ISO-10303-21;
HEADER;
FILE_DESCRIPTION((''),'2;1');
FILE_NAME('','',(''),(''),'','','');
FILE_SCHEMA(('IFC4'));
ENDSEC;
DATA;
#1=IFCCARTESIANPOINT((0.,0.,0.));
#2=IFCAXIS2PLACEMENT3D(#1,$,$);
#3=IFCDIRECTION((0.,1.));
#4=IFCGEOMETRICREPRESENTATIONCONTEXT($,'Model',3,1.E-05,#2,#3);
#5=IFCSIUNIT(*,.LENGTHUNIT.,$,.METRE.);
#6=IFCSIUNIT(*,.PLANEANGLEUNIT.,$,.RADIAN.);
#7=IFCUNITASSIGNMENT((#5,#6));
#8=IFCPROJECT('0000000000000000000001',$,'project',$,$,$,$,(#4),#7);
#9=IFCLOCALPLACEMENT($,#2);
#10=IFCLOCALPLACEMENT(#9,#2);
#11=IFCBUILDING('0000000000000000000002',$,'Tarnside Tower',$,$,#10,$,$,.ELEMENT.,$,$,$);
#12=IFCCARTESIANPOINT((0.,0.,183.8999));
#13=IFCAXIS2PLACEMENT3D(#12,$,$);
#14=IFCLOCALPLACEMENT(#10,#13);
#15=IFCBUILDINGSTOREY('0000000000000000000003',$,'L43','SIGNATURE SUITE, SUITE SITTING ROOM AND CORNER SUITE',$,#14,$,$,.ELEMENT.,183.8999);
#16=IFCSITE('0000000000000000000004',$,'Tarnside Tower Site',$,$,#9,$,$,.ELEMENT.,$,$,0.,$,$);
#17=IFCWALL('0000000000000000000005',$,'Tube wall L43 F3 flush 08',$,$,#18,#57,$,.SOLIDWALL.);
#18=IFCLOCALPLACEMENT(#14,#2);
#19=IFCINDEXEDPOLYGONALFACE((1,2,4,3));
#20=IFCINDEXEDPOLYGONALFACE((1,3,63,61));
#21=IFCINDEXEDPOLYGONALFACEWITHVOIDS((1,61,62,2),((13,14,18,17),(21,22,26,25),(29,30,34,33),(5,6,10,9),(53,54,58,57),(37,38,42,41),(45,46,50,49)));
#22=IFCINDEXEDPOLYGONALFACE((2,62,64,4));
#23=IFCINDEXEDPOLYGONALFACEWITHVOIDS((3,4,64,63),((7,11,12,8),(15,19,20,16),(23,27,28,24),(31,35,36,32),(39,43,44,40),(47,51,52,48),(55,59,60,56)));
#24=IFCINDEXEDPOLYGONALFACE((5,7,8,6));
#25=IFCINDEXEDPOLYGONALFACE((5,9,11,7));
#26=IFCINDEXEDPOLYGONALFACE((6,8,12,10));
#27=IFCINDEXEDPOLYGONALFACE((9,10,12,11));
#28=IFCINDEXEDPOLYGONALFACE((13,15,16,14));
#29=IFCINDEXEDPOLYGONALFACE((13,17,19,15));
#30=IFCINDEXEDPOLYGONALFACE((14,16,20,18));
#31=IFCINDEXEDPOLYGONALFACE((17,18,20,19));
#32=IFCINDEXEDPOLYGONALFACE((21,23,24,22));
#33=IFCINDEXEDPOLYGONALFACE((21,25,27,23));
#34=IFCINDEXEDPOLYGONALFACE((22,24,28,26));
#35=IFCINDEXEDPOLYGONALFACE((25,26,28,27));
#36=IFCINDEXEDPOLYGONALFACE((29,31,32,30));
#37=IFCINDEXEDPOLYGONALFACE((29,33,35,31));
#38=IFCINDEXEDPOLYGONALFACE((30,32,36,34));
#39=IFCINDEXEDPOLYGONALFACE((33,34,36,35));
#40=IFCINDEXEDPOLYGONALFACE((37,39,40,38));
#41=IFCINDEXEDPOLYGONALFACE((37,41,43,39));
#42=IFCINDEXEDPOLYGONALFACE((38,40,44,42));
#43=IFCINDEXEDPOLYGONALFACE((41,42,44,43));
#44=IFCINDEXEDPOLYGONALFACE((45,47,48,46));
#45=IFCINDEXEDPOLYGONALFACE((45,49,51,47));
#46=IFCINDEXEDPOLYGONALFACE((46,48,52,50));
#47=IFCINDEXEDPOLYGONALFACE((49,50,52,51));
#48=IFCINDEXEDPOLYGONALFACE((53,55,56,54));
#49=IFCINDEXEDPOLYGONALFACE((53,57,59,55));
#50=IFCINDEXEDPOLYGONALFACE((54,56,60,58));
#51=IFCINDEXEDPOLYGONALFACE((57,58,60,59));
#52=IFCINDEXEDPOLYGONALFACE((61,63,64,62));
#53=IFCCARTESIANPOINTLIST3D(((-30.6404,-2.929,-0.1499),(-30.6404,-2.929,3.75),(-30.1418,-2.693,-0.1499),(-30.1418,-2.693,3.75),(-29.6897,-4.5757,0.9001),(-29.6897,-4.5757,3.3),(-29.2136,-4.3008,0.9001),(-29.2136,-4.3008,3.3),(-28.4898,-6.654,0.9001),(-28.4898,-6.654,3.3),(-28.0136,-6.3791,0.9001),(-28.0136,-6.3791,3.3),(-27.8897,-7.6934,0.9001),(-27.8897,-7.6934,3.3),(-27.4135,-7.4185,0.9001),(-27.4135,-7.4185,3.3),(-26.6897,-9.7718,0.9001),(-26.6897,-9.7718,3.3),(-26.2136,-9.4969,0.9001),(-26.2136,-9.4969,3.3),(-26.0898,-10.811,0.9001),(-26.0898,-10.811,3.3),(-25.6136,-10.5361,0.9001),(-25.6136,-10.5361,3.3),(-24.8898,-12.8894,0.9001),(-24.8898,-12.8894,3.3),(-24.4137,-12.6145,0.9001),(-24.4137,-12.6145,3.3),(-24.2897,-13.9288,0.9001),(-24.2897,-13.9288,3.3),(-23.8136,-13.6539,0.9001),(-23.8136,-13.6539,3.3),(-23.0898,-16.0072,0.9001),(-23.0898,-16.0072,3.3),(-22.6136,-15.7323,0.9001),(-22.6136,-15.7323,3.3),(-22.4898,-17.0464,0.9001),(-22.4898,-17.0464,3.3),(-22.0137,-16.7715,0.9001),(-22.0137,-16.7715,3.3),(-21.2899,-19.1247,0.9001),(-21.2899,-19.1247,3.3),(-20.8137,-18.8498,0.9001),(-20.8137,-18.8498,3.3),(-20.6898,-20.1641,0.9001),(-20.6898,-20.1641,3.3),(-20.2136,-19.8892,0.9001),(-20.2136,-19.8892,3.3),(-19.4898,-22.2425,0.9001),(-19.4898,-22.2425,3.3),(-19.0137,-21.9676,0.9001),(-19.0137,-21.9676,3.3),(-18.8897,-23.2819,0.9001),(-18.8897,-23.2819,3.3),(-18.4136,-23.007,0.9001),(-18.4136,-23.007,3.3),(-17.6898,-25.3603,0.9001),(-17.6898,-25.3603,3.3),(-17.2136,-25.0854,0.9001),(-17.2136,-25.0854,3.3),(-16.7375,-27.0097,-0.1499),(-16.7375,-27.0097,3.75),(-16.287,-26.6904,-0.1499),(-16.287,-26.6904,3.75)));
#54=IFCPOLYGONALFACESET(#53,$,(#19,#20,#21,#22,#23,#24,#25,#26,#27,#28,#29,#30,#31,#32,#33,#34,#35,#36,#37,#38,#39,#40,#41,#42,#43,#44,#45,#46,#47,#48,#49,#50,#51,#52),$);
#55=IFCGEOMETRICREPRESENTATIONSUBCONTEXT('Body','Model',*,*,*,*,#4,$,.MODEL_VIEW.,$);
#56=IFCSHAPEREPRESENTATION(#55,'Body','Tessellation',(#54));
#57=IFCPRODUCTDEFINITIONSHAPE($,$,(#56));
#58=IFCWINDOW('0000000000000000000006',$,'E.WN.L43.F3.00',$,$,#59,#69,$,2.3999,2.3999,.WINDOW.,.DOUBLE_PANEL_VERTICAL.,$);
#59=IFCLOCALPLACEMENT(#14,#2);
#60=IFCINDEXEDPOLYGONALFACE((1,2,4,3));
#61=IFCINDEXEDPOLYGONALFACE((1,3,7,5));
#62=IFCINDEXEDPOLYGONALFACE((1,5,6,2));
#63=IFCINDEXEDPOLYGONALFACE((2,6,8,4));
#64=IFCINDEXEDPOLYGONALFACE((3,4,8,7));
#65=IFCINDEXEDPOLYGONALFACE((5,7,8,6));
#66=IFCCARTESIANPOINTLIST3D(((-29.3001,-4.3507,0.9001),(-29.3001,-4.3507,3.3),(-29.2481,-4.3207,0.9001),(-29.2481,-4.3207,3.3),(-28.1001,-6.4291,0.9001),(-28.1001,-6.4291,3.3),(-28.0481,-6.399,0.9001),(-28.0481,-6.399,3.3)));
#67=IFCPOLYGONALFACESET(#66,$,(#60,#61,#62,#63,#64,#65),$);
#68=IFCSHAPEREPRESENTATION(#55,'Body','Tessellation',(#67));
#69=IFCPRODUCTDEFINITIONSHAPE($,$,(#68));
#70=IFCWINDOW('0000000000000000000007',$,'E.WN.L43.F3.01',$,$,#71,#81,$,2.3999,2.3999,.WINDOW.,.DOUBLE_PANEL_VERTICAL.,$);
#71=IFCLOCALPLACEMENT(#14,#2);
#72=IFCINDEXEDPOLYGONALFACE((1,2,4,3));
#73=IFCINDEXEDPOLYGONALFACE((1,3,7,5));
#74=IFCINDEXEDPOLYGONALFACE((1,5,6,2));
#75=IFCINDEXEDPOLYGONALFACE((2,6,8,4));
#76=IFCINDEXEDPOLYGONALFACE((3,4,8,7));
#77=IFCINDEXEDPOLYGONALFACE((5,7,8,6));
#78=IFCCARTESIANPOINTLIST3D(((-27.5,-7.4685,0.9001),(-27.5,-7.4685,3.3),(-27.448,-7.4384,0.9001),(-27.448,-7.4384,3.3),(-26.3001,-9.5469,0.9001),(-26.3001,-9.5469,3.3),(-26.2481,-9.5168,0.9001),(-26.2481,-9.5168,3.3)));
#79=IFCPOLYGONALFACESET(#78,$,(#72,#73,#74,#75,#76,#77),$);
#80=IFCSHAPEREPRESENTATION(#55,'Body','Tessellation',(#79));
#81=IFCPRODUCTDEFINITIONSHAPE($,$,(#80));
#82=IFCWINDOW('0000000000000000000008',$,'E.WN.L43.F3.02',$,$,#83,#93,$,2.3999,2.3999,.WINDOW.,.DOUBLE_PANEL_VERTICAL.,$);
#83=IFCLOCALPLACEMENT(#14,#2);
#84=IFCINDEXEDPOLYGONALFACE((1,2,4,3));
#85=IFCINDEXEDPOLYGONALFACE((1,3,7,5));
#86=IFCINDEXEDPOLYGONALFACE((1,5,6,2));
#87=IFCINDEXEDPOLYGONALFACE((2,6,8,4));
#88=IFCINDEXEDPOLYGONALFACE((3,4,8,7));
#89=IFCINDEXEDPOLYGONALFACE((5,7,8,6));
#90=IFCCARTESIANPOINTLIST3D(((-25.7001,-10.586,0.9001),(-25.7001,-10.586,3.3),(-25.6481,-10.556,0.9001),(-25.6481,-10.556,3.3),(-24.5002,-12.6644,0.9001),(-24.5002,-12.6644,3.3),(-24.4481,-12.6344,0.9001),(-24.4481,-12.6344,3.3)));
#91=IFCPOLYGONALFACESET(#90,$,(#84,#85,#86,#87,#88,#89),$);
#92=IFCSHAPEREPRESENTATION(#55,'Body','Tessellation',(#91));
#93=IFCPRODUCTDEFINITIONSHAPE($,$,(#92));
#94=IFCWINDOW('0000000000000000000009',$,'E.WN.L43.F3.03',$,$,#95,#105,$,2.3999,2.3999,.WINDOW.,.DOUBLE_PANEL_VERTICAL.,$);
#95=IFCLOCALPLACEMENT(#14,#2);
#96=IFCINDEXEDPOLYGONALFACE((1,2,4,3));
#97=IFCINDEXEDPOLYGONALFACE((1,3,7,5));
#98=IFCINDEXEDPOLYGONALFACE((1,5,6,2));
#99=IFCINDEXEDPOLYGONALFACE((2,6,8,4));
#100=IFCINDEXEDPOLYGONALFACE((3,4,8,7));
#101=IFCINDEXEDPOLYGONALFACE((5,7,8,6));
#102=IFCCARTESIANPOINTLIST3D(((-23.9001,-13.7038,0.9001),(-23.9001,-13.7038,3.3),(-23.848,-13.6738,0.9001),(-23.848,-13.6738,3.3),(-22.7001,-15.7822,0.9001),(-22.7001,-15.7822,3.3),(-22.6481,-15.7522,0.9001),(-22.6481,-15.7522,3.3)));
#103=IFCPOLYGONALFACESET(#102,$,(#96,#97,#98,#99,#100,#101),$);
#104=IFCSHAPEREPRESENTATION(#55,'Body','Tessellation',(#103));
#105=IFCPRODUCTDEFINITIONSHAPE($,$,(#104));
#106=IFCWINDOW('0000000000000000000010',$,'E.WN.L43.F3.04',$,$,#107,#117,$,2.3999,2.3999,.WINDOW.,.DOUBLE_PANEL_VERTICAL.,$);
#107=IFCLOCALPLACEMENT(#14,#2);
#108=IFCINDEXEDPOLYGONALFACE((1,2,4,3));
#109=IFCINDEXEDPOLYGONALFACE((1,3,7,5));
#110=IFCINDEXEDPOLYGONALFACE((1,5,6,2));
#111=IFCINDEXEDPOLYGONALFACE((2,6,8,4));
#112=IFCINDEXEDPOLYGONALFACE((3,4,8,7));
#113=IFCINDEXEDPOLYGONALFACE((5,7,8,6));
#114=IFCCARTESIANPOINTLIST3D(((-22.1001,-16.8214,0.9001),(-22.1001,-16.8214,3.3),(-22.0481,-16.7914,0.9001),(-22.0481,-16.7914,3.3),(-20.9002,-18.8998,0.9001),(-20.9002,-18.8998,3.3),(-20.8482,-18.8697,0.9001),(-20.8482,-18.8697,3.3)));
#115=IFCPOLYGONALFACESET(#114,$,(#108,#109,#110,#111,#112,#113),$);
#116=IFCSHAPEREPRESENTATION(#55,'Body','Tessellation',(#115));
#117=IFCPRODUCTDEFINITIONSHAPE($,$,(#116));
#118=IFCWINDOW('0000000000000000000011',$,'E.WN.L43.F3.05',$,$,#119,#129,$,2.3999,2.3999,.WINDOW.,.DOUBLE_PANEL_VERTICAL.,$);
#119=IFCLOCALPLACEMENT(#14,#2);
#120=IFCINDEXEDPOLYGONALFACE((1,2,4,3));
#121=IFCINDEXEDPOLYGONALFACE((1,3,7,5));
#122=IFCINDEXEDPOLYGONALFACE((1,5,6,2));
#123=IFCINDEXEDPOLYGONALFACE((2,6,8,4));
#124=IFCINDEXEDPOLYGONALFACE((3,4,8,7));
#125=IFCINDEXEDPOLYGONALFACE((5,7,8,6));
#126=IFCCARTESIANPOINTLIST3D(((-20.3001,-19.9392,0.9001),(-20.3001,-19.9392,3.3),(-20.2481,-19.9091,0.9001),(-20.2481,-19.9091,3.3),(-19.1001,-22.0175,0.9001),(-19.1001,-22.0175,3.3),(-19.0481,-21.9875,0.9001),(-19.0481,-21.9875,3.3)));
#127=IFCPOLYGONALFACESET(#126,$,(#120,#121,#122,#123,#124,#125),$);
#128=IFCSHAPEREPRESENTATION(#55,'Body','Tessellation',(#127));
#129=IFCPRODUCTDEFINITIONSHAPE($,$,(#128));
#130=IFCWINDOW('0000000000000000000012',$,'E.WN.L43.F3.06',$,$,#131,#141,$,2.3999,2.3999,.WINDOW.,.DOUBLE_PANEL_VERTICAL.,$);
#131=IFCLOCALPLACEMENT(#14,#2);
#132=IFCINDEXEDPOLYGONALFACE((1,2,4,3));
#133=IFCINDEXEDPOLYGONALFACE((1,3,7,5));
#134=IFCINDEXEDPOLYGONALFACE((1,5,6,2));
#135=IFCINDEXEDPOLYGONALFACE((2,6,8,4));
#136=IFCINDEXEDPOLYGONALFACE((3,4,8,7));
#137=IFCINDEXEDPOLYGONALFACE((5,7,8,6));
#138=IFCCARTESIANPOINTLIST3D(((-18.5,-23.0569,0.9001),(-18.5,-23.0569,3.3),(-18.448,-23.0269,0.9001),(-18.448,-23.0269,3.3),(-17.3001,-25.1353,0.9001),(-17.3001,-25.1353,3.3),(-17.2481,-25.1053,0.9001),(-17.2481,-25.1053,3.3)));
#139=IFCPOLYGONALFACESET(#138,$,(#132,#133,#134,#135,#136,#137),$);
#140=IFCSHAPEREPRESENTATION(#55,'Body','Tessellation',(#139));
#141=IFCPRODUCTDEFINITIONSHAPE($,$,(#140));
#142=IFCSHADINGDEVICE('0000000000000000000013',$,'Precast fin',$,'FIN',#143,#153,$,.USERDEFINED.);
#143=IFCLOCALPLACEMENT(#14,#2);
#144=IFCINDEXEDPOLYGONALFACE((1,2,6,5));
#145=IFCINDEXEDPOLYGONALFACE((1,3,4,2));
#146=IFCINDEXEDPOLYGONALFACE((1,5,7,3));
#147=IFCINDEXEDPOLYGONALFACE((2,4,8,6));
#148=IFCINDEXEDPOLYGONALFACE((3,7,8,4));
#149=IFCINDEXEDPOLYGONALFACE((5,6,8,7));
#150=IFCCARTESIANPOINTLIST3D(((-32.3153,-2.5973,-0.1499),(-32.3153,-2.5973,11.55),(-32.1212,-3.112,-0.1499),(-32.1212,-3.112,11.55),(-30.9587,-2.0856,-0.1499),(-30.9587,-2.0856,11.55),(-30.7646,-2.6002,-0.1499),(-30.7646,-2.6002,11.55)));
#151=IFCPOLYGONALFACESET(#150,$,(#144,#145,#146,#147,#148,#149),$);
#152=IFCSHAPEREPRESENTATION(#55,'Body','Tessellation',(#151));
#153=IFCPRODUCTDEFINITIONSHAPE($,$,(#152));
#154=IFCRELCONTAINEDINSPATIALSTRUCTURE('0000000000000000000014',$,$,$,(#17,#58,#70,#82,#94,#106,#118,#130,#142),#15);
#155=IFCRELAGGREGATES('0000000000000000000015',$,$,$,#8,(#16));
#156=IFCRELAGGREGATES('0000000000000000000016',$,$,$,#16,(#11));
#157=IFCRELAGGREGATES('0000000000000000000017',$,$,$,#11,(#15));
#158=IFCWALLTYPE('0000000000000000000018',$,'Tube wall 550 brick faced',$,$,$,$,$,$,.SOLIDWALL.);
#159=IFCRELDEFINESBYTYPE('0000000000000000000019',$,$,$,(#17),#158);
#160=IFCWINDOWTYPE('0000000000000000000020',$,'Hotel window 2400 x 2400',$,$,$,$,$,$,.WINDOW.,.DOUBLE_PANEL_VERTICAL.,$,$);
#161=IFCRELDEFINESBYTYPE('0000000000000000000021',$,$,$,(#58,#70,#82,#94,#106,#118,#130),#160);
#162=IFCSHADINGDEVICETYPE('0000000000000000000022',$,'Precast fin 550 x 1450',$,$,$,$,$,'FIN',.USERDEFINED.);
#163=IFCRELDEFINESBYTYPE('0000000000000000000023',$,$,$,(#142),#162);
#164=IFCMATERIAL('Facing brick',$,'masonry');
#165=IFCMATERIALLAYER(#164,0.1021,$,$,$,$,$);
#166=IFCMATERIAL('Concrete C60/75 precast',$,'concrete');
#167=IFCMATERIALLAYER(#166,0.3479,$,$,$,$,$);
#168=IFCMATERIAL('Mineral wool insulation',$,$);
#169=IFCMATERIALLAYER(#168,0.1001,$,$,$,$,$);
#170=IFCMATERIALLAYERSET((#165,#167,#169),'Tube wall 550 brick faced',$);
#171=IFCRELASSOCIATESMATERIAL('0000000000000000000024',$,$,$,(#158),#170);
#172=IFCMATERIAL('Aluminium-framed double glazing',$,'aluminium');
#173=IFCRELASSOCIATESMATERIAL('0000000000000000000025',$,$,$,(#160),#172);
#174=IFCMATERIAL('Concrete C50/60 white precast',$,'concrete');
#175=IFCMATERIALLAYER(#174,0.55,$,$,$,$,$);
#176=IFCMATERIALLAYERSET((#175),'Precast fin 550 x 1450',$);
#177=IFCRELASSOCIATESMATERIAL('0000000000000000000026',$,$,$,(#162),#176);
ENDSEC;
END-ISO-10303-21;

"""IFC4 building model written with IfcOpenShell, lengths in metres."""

from ifc_helpers import new_model, si_unit, direction, frame, frame_2d, origin, place, context, subcontext, project, spatial, polyline, rectangle, outline, extrude, material, layer, layer_set, type_object, element, fill, save


model = new_model("IFC4")

# Units and contexts
model_context = context("Model", 3, precision=1e-05, world=origin(), true_north=direction((0.0, 1.0)))
body_context = subcontext(model_context, "Body", "Model", "MODEL_VIEW")
ifc_project = project(units=[si_unit("LENGTHUNIT", "METRE"), si_unit("PLANEANGLEUNIT", "RADIAN")], contexts=[model_context])

# Site, building, storey
site_placement = place(None, origin())
site = spatial("IfcSite", under=ifc_project, at=site_placement, Name="Tarnside Tower Site", CompositionType="ELEMENT", RefElevation=0.0)
building_placement = place(site_placement, origin())
building = spatial("IfcBuilding", under=site, at=building_placement, Name="Tarnside Tower", CompositionType="ELEMENT")
storey_placement = place(building_placement, frame((0.0, 0.0, 183.8999)))
storey = spatial("IfcBuildingStorey", under=building, at=storey_placement, Name="L43", Description="SIGNATURE SUITE, SUITE SITTING ROOM AND CORNER SUITE", CompositionType="ELEMENT", Elevation=183.8999)

# Shared definitions
ifc_material_1 = material(Name="Facing brick", Category="masonry")
ifc_layer_1 = layer(ifc_material_1, 0.1021)
ifc_material_2 = material(Name="Concrete C60/75 precast", Category="concrete")
ifc_layer_2 = layer(ifc_material_2, 0.3479)
ifc_material_3 = material(Name="Mineral wool insulation")
ifc_layer_3 = layer(ifc_material_3, 0.1001)
ifc_layer_set_1 = layer_set([ifc_layer_1, ifc_layer_2, ifc_layer_3], Name="Tube wall 550 brick faced")
wall_type = type_object("IfcWallType", Name="Tube wall 550 brick faced", PredefinedType="SOLIDWALL", material=ifc_layer_set_1)

# Wall, openings, windows
wall_1_placement = place(storey_placement, frame((-30.3911, -2.811, -0.1499), z_axis=(0.0, 0.0, 1.0), x_axis=(0.499999, -0.866026, 0.0)))
wall_1 = element("IfcWall", 1, at=wall_1_placement, inside=storey, type_object=wall_type, Name="Tube wall L43 F3 flush 08", PredefinedType="SOLIDWALL", context=body_context, shape_type="SweptSolid", body=[
    extrude(outline(polyline([(-0.0225, -0.2749), (27.7834, -0.2749), (27.7322, 0.2749), (0.0225, 0.2749), (-0.0225, -0.2749)])), origin(), (0.0, 0.0, 1.0), 3.8999),
])
opening_1_placement = place(wall_1_placement, frame((1.8789, 0.0, 1.05)))
opening_1 = element("IfcOpeningElement", 2, at=opening_1_placement, cuts=wall_1, PredefinedType="OPENING", context=body_context, shape_type="SweptSolid", body=[
    extrude(rectangle(XDim=2.3999, YDim=2.3999, at=frame_2d((1.2, 1.2))), frame((0.0, 0.2852, 0.0), z_axis=(0.0, -1.0, 0.0), x_axis=(1.0, 0.0, 0.0)), (0.0, 0.0, 1.0), 0.5701),
])
opening_2_placement = place(wall_1_placement, frame((5.479, 0.0, 1.05)))
opening_2 = element("IfcOpeningElement", 3, at=opening_2_placement, cuts=wall_1, PredefinedType="OPENING", context=body_context, shape_type="SweptSolid", body=[
    extrude(rectangle(XDim=2.3999, YDim=2.3999, at=frame_2d((1.2, 1.2))), frame((0.0, 0.2852, 0.0), z_axis=(0.0, -1.0, 0.0), x_axis=(1.0, 0.0, 0.0)), (0.0, 0.0, 1.0), 0.5701),
])
opening_3_placement = place(wall_1_placement, frame((9.0789, 0.0, 1.05)))
opening_3 = element("IfcOpeningElement", 4, at=opening_3_placement, cuts=wall_1, PredefinedType="OPENING", context=body_context, shape_type="SweptSolid", body=[
    extrude(rectangle(XDim=2.3999, YDim=2.3999, at=frame_2d((1.2, 1.2))), frame((0.0, 0.2852, 0.0), z_axis=(0.0, -1.0, 0.0), x_axis=(1.0, 0.0, 0.0)), (0.0, 0.0, 1.0), 0.5701),
])
opening_4_placement = place(wall_1_placement, frame((12.679, 0.0, 1.05)))
opening_4 = element("IfcOpeningElement", 5, at=opening_4_placement, cuts=wall_1, PredefinedType="OPENING", context=body_context, shape_type="SweptSolid", body=[
    extrude(rectangle(XDim=2.3999, YDim=2.3999, at=frame_2d((1.2, 1.2))), frame((0.0, 0.2852, 0.0), z_axis=(0.0, -1.0, 0.0), x_axis=(1.0, 0.0, 0.0)), (0.0, 0.0, 1.0), 0.5701),
])
opening_5_placement = place(wall_1_placement, frame((16.2788, 0.0, 1.05)))
opening_5 = element("IfcOpeningElement", 6, at=opening_5_placement, cuts=wall_1, PredefinedType="OPENING", context=body_context, shape_type="SweptSolid", body=[
    extrude(rectangle(XDim=2.3999, YDim=2.3999, at=frame_2d((1.2, 1.2))), frame((0.0, 0.2852, 0.0), z_axis=(0.0, -1.0, 0.0), x_axis=(1.0, 0.0, 0.0)), (0.0, 0.0, 1.0), 0.5701),
])
opening_6_placement = place(wall_1_placement, frame((19.8789, 0.0, 1.05)))
opening_6 = element("IfcOpeningElement", 7, at=opening_6_placement, cuts=wall_1, PredefinedType="OPENING", context=body_context, shape_type="SweptSolid", body=[
    extrude(rectangle(XDim=2.3999, YDim=2.3999, at=frame_2d((1.2, 1.2))), frame((0.0, 0.2852, 0.0), z_axis=(0.0, -1.0, 0.0), x_axis=(1.0, 0.0, 0.0)), (0.0, 0.0, 1.0), 0.5701),
])
opening_7_placement = place(wall_1_placement, frame((23.479, 0.0, 1.05)))
opening_7 = element("IfcOpeningElement", 8, at=opening_7_placement, cuts=wall_1, PredefinedType="OPENING", context=body_context, shape_type="SweptSolid", body=[
    extrude(rectangle(XDim=2.3999, YDim=2.3999, at=frame_2d((1.2, 1.2))), frame((0.0, 0.2852, 0.0), z_axis=(0.0, -1.0, 0.0), x_axis=(1.0, 0.0, 0.0)), (0.0, 0.0, 1.0), 0.5701),
])
ifc_material_4 = material(Name="Aluminium-framed double glazing", Category="aluminium")
window_type = type_object("IfcWindowType", Name="Hotel window 2400 x 2400", PartitioningType="DOUBLE_PANEL_VERTICAL", PredefinedType="WINDOW", material=ifc_material_4)
window_1_placement = place(opening_1_placement, frame((0.0, 0.2051, 0.0)))
window_1 = element("IfcWindow", 9, at=window_1_placement, inside=storey, type_object=window_type, Name="E.WN.L43.F3.00", OverallHeight=2.3999, OverallWidth=2.3999, PartitioningType="DOUBLE_PANEL_VERTICAL", PredefinedType="WINDOW", context=body_context, shape_type="SweptSolid", body=[
    extrude(rectangle(XDim=2.3999, YDim=2.3999, at=frame_2d((1.2, 1.2))), frame((0.0, 0.03, 0.0), z_axis=(0.0, -1.0, 0.0), x_axis=(1.0, 0.0, 0.0)), (0.0, 0.0, 1.0), 0.0601),
])
fill(opening_1, window_1)
window_2_placement = place(opening_2_placement, frame((0.0, 0.2051, 0.0)))
window_2 = element("IfcWindow", 10, at=window_2_placement, inside=storey, type_object=window_type, Name="E.WN.L43.F3.01", OverallHeight=2.3999, OverallWidth=2.3999, PartitioningType="DOUBLE_PANEL_VERTICAL", PredefinedType="WINDOW", context=body_context, shape_type="SweptSolid", body=[
    extrude(rectangle(XDim=2.3999, YDim=2.3999, at=frame_2d((1.2, 1.2))), frame((0.0, 0.03, 0.0), z_axis=(0.0, -1.0, 0.0), x_axis=(1.0, 0.0, 0.0)), (0.0, 0.0, 1.0), 0.0601),
])
fill(opening_2, window_2)
window_3_placement = place(opening_3_placement, frame((0.0, 0.2051, 0.0)))
window_3 = element("IfcWindow", 11, at=window_3_placement, inside=storey, type_object=window_type, Name="E.WN.L43.F3.02", OverallHeight=2.3999, OverallWidth=2.3999, PartitioningType="DOUBLE_PANEL_VERTICAL", PredefinedType="WINDOW", context=body_context, shape_type="SweptSolid", body=[
    extrude(rectangle(XDim=2.3999, YDim=2.3999, at=frame_2d((1.2, 1.2))), frame((0.0, 0.03, 0.0), z_axis=(0.0, -1.0, 0.0), x_axis=(1.0, 0.0, 0.0)), (0.0, 0.0, 1.0), 0.0601),
])
fill(opening_3, window_3)
window_4_placement = place(opening_4_placement, frame((0.0, 0.2051, 0.0)))
window_4 = element("IfcWindow", 12, at=window_4_placement, inside=storey, type_object=window_type, Name="E.WN.L43.F3.03", OverallHeight=2.3999, OverallWidth=2.3999, PartitioningType="DOUBLE_PANEL_VERTICAL", PredefinedType="WINDOW", context=body_context, shape_type="SweptSolid", body=[
    extrude(rectangle(XDim=2.3999, YDim=2.3999, at=frame_2d((1.2, 1.2))), frame((0.0, 0.03, 0.0), z_axis=(0.0, -1.0, 0.0), x_axis=(1.0, 0.0, 0.0)), (0.0, 0.0, 1.0), 0.0601),
])
fill(opening_4, window_4)
window_5_placement = place(opening_5_placement, frame((0.0, 0.2051, 0.0)))
window_5 = element("IfcWindow", 13, at=window_5_placement, inside=storey, type_object=window_type, Name="E.WN.L43.F3.04", OverallHeight=2.3999, OverallWidth=2.3999, PartitioningType="DOUBLE_PANEL_VERTICAL", PredefinedType="WINDOW", context=body_context, shape_type="SweptSolid", body=[
    extrude(rectangle(XDim=2.3999, YDim=2.3999, at=frame_2d((1.2, 1.2))), frame((0.0, 0.03, 0.0), z_axis=(0.0, -1.0, 0.0), x_axis=(1.0, 0.0, 0.0)), (0.0, 0.0, 1.0), 0.0601),
])
fill(opening_5, window_5)
window_6_placement = place(opening_6_placement, frame((0.0, 0.2051, 0.0)))
window_6 = element("IfcWindow", 14, at=window_6_placement, inside=storey, type_object=window_type, Name="E.WN.L43.F3.05", OverallHeight=2.3999, OverallWidth=2.3999, PartitioningType="DOUBLE_PANEL_VERTICAL", PredefinedType="WINDOW", context=body_context, shape_type="SweptSolid", body=[
    extrude(rectangle(XDim=2.3999, YDim=2.3999, at=frame_2d((1.2, 1.2))), frame((0.0, 0.03, 0.0), z_axis=(0.0, -1.0, 0.0), x_axis=(1.0, 0.0, 0.0)), (0.0, 0.0, 1.0), 0.0601),
])
fill(opening_6, window_6)
window_7_placement = place(opening_7_placement, frame((0.0, 0.2051, 0.0)))
window_7 = element("IfcWindow", 15, at=window_7_placement, inside=storey, type_object=window_type, Name="E.WN.L43.F3.06", OverallHeight=2.3999, OverallWidth=2.3999, PartitioningType="DOUBLE_PANEL_VERTICAL", PredefinedType="WINDOW", context=body_context, shape_type="SweptSolid", body=[
    extrude(rectangle(XDim=2.3999, YDim=2.3999, at=frame_2d((1.2, 1.2))), frame((0.0, 0.03, 0.0), z_axis=(0.0, -1.0, 0.0), x_axis=(1.0, 0.0, 0.0)), (0.0, 0.0, 1.0), 0.0601),
])
fill(opening_7, window_7)

# Shading device
ifc_material_5 = material(Name="Concrete C50/60 white precast", Category="concrete")
ifc_layer_4 = layer(ifc_material_5, 0.55)
ifc_layer_set_2 = layer_set([ifc_layer_4], Name="Precast fin 550 x 1450")
shading_device_type_1 = type_object("IfcShadingDeviceType", Name="Precast fin 550 x 1450", ElementType="FIN", PredefinedType="USERDEFINED", material=ifc_layer_set_2)
shading_device_placement = place(storey_placement, frame((-30.8616, -2.343, -0.1499), z_axis=(-0.352931, 0.93565, 0.0), x_axis=(-0.93565, -0.352931, 0.0)))
element("IfcShadingDevice", 16, at=shading_device_placement, inside=storey, type_object=shading_device_type_1, Name="Precast fin", ObjectType="FIN", PredefinedType="USERDEFINED", context=body_context, shape_type="SweptSolid", body=[
    extrude(outline(polyline([(0.0, 0.0), (1.45, 0.0), (1.45, 11.7), (0.0, 11.7), (0.0, 0.0)])), frame((0.0, 0.0, -0.2749)), (0.0, 0.0, 1.0), 0.55),
])

save(model, "model.ifc")
